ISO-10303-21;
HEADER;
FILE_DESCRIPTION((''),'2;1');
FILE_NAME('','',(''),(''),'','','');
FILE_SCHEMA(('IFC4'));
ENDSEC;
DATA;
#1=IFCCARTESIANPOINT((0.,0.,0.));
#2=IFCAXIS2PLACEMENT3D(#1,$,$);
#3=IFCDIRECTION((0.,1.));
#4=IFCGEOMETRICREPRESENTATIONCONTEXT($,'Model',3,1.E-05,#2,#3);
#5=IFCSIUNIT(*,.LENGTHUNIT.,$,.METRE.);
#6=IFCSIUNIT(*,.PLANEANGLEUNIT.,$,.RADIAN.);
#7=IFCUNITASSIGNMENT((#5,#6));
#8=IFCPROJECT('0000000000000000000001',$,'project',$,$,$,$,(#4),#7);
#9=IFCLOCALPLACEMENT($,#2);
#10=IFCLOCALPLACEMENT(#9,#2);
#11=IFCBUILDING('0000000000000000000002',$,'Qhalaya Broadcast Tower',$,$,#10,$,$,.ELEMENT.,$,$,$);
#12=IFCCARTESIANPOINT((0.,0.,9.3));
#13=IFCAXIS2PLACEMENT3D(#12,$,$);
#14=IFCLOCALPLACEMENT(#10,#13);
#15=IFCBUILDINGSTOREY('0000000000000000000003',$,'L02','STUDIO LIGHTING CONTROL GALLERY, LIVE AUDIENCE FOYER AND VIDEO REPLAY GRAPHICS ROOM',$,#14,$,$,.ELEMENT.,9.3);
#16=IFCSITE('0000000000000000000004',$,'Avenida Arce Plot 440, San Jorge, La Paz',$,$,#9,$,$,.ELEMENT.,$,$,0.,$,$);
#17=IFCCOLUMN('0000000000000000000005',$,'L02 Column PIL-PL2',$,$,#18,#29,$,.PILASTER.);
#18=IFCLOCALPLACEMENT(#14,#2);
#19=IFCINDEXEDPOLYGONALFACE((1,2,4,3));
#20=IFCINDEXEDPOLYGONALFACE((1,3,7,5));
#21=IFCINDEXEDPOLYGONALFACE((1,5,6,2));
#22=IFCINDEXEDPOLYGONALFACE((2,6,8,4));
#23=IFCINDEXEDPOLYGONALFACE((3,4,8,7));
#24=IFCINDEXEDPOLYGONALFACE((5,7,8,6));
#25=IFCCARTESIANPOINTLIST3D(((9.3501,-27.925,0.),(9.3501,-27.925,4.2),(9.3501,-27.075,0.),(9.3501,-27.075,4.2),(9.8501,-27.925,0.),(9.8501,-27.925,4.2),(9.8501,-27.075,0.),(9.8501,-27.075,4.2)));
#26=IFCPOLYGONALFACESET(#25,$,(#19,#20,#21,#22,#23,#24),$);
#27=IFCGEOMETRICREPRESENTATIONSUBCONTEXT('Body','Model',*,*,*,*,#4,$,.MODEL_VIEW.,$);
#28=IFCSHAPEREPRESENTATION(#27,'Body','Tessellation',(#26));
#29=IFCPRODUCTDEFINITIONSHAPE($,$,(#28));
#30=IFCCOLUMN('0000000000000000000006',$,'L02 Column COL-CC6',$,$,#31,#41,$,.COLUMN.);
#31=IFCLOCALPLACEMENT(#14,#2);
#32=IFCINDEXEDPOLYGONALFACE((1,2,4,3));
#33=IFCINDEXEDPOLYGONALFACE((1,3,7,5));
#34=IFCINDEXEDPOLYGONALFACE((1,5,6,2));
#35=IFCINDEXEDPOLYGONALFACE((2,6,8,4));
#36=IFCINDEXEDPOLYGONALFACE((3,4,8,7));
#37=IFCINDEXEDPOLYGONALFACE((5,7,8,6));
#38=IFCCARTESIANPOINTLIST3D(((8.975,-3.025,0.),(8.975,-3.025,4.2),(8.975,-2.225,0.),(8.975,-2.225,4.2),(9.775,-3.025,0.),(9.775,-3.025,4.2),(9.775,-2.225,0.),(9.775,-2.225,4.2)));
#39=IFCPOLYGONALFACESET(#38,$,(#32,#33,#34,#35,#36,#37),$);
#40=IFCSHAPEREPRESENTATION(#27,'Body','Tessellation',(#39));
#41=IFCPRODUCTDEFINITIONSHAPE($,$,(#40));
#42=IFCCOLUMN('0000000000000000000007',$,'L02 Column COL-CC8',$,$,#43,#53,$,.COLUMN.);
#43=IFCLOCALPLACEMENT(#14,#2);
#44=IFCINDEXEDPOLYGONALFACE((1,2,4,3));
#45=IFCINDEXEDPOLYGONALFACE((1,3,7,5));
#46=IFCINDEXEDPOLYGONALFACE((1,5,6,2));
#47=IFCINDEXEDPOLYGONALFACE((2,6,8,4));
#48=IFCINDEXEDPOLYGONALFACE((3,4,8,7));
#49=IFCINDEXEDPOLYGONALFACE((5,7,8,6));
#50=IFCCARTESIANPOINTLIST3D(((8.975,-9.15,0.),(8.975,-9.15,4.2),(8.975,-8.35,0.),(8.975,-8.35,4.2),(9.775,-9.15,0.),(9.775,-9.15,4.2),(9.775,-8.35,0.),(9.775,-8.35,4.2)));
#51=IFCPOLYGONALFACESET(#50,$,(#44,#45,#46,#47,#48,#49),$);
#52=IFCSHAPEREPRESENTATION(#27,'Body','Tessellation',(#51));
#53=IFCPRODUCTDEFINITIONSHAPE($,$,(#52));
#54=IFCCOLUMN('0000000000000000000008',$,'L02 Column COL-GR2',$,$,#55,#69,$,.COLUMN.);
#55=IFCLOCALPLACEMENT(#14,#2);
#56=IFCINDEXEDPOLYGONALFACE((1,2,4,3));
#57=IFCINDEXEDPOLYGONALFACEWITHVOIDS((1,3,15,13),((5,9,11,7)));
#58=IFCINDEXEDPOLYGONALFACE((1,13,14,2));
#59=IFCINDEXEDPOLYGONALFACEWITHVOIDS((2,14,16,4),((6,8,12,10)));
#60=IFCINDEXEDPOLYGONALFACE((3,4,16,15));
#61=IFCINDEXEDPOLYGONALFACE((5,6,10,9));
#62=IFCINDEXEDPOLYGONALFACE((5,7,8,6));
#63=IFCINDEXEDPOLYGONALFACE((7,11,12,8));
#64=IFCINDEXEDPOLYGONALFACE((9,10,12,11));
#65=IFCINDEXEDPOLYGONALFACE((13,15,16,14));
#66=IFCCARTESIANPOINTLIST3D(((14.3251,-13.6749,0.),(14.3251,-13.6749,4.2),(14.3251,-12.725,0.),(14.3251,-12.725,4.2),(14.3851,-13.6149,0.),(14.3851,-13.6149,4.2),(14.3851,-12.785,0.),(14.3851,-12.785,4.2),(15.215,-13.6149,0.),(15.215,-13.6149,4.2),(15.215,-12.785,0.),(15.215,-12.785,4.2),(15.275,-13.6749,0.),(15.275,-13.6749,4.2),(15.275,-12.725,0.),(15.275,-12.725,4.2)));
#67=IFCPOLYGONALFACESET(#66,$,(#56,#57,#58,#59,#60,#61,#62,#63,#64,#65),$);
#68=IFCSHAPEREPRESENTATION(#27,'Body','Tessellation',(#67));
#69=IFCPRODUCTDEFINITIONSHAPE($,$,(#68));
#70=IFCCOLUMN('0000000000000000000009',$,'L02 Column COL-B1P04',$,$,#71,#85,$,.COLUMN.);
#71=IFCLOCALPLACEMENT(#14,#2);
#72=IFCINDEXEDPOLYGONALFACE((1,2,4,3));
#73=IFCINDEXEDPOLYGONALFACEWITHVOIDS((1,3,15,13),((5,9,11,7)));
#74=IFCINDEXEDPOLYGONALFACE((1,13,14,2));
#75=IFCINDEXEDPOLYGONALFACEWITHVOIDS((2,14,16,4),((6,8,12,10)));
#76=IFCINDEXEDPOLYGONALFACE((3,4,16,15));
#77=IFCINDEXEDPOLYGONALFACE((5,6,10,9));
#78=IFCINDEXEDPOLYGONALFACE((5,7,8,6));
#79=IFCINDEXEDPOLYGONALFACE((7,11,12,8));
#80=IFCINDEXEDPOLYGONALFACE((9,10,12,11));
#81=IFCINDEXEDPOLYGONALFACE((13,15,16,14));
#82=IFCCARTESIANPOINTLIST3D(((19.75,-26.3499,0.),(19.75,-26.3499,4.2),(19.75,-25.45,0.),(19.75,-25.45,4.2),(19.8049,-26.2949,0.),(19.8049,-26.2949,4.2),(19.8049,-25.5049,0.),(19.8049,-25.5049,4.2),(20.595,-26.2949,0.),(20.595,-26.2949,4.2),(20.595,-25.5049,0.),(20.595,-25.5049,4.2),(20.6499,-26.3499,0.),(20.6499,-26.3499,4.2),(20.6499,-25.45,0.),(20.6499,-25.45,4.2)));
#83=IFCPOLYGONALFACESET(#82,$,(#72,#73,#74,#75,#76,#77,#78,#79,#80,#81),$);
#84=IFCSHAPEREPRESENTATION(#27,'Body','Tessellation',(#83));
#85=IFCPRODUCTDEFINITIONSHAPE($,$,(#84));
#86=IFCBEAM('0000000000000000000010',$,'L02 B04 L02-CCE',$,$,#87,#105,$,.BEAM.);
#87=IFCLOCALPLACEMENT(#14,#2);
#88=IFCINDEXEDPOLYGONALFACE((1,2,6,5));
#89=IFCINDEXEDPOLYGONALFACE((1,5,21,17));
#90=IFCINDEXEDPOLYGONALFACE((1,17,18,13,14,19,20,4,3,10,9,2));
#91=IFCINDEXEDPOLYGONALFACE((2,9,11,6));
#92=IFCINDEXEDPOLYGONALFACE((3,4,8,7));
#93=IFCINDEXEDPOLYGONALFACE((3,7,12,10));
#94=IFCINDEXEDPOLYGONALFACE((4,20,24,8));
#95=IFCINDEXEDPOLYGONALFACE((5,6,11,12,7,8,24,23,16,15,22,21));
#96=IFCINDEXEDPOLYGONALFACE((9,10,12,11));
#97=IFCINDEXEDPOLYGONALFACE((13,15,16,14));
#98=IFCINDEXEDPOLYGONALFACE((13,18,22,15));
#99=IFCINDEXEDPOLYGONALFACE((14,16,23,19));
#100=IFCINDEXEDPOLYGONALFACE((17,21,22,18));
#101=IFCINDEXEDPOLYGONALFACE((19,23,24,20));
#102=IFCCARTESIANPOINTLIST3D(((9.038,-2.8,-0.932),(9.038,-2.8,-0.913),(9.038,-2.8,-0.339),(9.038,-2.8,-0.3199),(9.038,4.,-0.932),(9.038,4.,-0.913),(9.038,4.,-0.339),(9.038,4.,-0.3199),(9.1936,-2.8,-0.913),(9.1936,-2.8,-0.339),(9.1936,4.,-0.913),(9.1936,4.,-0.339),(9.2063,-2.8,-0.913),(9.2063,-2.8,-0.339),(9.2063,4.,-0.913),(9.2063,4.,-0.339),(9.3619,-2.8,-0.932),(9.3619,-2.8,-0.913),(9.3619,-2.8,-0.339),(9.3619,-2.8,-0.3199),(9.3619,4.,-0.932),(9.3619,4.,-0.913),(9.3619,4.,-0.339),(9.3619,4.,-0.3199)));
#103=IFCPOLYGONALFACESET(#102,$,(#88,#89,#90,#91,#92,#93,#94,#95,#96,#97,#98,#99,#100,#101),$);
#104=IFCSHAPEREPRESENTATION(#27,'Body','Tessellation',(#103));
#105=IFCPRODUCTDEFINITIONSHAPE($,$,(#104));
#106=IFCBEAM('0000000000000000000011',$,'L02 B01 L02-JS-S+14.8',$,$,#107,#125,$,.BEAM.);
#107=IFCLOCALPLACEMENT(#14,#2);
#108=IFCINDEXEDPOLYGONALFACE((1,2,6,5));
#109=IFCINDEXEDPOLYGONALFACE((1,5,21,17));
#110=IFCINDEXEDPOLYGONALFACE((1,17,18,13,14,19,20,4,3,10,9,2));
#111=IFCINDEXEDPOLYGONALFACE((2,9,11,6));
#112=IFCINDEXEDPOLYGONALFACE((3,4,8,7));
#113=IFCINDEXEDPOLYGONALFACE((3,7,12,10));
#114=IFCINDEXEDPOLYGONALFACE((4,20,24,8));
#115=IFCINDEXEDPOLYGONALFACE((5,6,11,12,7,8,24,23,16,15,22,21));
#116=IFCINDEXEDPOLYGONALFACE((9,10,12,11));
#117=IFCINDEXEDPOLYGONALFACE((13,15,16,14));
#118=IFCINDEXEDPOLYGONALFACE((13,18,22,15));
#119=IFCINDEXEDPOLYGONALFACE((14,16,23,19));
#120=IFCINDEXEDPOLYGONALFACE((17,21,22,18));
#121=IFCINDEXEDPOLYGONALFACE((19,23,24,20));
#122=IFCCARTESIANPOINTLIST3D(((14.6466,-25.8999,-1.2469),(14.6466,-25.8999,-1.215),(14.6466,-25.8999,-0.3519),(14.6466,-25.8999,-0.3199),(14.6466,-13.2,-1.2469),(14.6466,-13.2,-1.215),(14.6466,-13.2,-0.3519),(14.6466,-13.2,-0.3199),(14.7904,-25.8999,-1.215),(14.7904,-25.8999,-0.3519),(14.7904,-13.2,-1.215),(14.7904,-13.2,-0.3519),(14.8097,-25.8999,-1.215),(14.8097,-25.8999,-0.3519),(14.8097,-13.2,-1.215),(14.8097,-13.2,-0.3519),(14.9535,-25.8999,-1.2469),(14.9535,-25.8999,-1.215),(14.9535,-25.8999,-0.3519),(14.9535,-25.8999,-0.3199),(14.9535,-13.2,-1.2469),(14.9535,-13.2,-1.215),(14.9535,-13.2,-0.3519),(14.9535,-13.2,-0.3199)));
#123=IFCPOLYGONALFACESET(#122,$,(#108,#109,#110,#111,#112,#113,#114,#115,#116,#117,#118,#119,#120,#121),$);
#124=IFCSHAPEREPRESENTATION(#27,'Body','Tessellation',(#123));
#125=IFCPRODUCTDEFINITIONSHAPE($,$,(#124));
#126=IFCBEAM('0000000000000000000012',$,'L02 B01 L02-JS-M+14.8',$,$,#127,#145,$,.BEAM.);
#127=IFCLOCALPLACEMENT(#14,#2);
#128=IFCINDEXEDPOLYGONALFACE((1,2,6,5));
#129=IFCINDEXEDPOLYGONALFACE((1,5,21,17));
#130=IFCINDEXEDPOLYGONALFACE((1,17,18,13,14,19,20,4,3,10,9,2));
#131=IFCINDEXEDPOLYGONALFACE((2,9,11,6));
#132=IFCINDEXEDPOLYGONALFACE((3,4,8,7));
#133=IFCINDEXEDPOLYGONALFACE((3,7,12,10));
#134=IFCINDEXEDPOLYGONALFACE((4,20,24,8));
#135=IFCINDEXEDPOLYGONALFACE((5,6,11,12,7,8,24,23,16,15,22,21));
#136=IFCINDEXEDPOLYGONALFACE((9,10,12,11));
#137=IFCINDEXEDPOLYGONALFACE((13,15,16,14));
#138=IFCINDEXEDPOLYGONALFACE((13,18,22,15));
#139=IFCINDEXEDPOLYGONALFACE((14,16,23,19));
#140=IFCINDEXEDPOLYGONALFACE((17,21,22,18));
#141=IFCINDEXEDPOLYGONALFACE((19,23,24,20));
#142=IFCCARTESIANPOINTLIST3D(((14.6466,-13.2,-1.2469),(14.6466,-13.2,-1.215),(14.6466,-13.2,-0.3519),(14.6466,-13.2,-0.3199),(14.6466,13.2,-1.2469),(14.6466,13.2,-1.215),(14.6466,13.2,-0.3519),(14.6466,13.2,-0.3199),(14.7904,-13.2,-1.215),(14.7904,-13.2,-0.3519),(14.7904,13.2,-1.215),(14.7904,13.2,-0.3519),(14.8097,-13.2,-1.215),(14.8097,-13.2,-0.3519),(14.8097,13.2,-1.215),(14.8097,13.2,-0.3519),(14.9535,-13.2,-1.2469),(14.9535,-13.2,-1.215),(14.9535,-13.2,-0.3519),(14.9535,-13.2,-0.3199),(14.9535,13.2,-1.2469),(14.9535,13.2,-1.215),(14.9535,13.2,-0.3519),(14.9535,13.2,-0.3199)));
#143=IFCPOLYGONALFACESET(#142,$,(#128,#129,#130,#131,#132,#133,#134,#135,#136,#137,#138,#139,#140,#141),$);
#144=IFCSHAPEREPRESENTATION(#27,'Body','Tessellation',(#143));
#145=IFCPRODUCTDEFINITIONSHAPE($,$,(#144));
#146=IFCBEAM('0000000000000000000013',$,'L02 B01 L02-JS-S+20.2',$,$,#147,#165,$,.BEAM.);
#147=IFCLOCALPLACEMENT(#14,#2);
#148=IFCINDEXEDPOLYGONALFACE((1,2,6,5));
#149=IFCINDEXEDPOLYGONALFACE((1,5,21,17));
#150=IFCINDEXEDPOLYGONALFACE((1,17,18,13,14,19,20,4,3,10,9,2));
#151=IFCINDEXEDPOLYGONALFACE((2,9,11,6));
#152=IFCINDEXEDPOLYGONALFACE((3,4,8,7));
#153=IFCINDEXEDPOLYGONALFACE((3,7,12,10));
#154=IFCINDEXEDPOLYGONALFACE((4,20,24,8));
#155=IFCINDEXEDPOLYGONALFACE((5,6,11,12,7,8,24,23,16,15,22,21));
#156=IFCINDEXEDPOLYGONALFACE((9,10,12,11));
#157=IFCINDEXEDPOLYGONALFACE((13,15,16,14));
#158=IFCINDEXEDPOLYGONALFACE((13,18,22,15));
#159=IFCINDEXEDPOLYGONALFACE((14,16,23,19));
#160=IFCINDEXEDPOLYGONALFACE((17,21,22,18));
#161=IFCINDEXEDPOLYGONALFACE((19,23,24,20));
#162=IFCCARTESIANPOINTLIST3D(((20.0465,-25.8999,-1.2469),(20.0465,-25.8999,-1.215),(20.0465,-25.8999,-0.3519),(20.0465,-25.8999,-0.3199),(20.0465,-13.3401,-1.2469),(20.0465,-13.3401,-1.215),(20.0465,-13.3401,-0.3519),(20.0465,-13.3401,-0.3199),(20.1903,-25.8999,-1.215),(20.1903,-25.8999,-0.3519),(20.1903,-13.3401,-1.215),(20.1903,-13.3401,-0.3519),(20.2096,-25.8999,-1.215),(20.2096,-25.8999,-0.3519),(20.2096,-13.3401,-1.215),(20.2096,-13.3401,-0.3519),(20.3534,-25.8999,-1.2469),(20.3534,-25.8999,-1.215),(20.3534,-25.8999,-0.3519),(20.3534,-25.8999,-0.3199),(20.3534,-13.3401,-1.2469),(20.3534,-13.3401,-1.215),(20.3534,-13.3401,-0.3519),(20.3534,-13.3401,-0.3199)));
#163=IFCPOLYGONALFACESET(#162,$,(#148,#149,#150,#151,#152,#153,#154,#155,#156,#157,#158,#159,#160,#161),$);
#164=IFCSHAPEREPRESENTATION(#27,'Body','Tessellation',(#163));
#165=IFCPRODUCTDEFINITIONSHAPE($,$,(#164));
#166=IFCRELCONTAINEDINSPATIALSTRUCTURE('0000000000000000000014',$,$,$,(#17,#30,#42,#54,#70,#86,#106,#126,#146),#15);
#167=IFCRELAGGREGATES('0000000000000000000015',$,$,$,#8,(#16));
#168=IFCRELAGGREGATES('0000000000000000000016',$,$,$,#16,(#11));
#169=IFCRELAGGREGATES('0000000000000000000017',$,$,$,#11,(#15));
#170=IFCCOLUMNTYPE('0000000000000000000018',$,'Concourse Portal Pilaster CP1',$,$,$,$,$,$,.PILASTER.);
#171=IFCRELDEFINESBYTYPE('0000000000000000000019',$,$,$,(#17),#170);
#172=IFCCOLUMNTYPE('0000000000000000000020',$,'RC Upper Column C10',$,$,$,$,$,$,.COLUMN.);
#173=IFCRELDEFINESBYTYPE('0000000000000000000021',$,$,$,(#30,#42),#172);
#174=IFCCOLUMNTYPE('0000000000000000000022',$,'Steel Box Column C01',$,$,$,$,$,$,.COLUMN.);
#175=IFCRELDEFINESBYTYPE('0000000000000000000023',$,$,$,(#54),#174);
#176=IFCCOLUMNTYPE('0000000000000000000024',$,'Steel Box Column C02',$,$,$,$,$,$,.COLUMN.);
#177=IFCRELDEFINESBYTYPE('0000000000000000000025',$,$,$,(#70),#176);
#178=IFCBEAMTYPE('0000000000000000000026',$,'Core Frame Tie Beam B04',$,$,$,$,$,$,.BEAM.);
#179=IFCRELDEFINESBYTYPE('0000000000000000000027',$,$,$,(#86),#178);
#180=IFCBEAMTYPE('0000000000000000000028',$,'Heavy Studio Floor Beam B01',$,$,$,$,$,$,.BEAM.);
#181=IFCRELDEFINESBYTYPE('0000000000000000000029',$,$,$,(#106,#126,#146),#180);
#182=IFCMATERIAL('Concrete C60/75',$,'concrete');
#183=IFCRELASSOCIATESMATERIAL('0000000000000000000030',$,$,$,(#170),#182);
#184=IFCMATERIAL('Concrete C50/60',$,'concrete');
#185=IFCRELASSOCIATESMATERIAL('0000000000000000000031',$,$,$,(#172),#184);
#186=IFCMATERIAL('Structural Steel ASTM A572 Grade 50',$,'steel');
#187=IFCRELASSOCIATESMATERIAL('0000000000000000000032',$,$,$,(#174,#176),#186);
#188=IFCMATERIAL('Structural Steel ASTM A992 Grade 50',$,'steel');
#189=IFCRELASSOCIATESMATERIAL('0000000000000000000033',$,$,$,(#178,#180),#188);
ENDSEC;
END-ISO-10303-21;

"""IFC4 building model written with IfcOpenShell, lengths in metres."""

from ifc_helpers import new_model, si_unit, direction, frame, origin, origin_2d, place, context, subcontext, project, spatial, rectangle, hollow_rectangle, i_section, extrude, material, material_profile, profile_set, type_object, element, save


model = new_model("IFC4")

# Units and contexts
model_context = context("Model", 3, precision=1e-05, world=origin(), true_north=direction((0.0, 1.0)))
body_context = subcontext(model_context, "Body", "Model", "MODEL_VIEW")
ifc_project = project(units=[si_unit("LENGTHUNIT", "METRE"), si_unit("PLANEANGLEUNIT", "RADIAN")], contexts=[model_context])

# Site, building, storey
site_placement = place(None, origin())
site = spatial("IfcSite", under=ifc_project, at=site_placement, Name="Avenida Arce Plot 440, San Jorge, La Paz", CompositionType="ELEMENT", RefElevation=0.0)
building_placement = place(site_placement, origin())
building = spatial("IfcBuilding", under=site, at=building_placement, Name="Qhalaya Broadcast Tower", CompositionType="ELEMENT")
storey_placement = place(building_placement, frame((0.0, 0.0, 9.3)))
storey = spatial("IfcBuildingStorey", under=building, at=storey_placement, Name="L02", Description="STUDIO LIGHTING CONTROL GALLERY, LIVE AUDIENCE FOYER AND VIDEO REPLAY GRAPHICS ROOM", CompositionType="ELEMENT", Elevation=9.3)

# Columns
ifc_material_1 = material(Name="Concrete C60/75", Category="concrete")
ifc_material_profile_1 = material_profile(ifc_material_1, rectangle(XDim=0.5, YDim=0.8501, at=origin_2d()), Name="RC-PIL 500x850")
ifc_profile_set_1 = profile_set([ifc_material_profile_1], Name="Concrete C60/75")
column_type_1 = type_object("IfcColumnType", Name="Concourse Portal Pilaster CP1", PredefinedType="PILASTER", material=ifc_profile_set_1)
column_1_placement = place(storey_placement, frame((9.6001, -27.5, 0.0), z_axis=(0.0, 0.0, 1.0), x_axis=(1.0, 0.0, 0.0)))
element("IfcColumn", 1, at=column_1_placement, inside=storey, type_object=column_type_1, Name="L02 Column PIL-PL2", PredefinedType="PILASTER", context=body_context, shape_type="SweptSolid", body=[
    extrude(rectangle(XDim=0.5, YDim=0.8501, at=origin_2d()), origin(), (0.0, 0.0, 1.0), 4.2),
])
ifc_material_2 = material(Name="Concrete C50/60", Category="concrete")
ifc_material_profile_2 = material_profile(ifc_material_2, rectangle(XDim=0.8, YDim=0.8, at=origin_2d()), Name="RC-COL 800x800")
ifc_profile_set_2 = profile_set([ifc_material_profile_2], Name="Concrete C50/60")
column_type_2 = type_object("IfcColumnType", Name="RC Upper Column C10", PredefinedType="COLUMN", material=ifc_profile_set_2)
for number, where, z_axis, x_axis, name in (
    (2, (9.375, -2.625, 0.0), (0.0, 0.0, 1.0), (1.0, 0.0, 0.0), "L02 Column COL-CC6"),
    (3, (9.375, -8.75, 0.0), (0.0, 0.0, 1.0), (1.0, 0.0, 0.0), "L02 Column COL-CC8"),
):
    element("IfcColumn", number, at=place(storey_placement, frame(where, z_axis=z_axis, x_axis=x_axis)), inside=storey, type_object=column_type_2, Name=name, PredefinedType="COLUMN", context=body_context, shape_type="SweptSolid", body=[
        extrude(rectangle(XDim=0.8, YDim=0.8, at=origin_2d()), origin(), (0.0, 0.0, 1.0), 4.2),
    ])
ifc_material_3 = material(Name="Structural Steel ASTM A572 Grade 50", Category="steel")
ifc_material_profile_3 = material_profile(ifc_material_3, hollow_rectangle(XDim=0.95, YDim=0.95, WallThickness=0.0601, at=origin_2d()), Name="BOX 950x950x60")
ifc_profile_set_3 = profile_set([ifc_material_profile_3], Name="Structural Steel ASTM A572 Grade 50")
column_type_3 = type_object("IfcColumnType", Name="Steel Box Column C01", PredefinedType="COLUMN", material=ifc_profile_set_3)
column_2_placement = place(storey_placement, frame((14.8, -13.2, 0.0), z_axis=(0.0, 0.0, 1.0), x_axis=(1.0, 0.0, 0.0)))
element("IfcColumn", 4, at=column_2_placement, inside=storey, type_object=column_type_3, Name="L02 Column COL-GR2", PredefinedType="COLUMN", context=body_context, shape_type="SweptSolid", body=[
    extrude(hollow_rectangle(XDim=0.95, YDim=0.95, WallThickness=0.0601, at=origin_2d()), origin(), (0.0, 0.0, 1.0), 4.2),
])
ifc_material_profile_4 = material_profile(ifc_material_3, hollow_rectangle(XDim=0.8999, YDim=0.8999, WallThickness=0.0549, at=origin_2d()), Name="BOX 900x900x55")
ifc_profile_set_4 = profile_set([ifc_material_profile_4], Name="Structural Steel ASTM A572 Grade 50")
column_type_4 = type_object("IfcColumnType", Name="Steel Box Column C02", PredefinedType="COLUMN", material=ifc_profile_set_4)
column_3_placement = place(storey_placement, frame((20.2, -25.8999, 0.0), z_axis=(0.0, 0.0, 1.0), x_axis=(1.0, 0.0, 0.0)))
element("IfcColumn", 5, at=column_3_placement, inside=storey, type_object=column_type_4, Name="L02 Column COL-B1P04", PredefinedType="COLUMN", context=body_context, shape_type="SweptSolid", body=[
    extrude(hollow_rectangle(XDim=0.8999, YDim=0.8999, WallThickness=0.0549, at=origin_2d()), origin(), (0.0, 0.0, 1.0), 4.2),
])

# Beams
ifc_material_4 = material(Name="Structural Steel ASTM A992 Grade 50", Category="steel")
ifc_material_profile_5 = material_profile(ifc_material_4, i_section(OverallWidth=0.324, OverallDepth=0.6121, WebThickness=0.0127, FlangeThickness=0.019, at=origin_2d()), Name="W24X104")
ifc_profile_set_5 = profile_set([ifc_material_profile_5], Name="Structural Steel ASTM A992 Grade 50")
beam_type_1 = type_object("IfcBeamType", Name="Core Frame Tie Beam B04", PredefinedType="BEAM", material=ifc_profile_set_5)
beam_1_placement = place(storey_placement, frame((9.2, -2.8, -0.626), z_axis=(0.0, 1.0, 0.0), x_axis=(-1.0, 0.0, 0.0)))
element("IfcBeam", 6, at=beam_1_placement, inside=storey, type_object=beam_type_1, Name="L02 B04 L02-CCE", PredefinedType="BEAM", context=body_context, shape_type="SweptSolid", body=[
    extrude(i_section(OverallWidth=0.324, OverallDepth=0.6121, WebThickness=0.0127, FlangeThickness=0.019, at=origin_2d()), origin(), (0.0, 0.0, 1.0), 6.8),
])
ifc_material_profile_6 = material_profile(ifc_material_4, i_section(OverallWidth=0.3069, OverallDepth=0.927, WebThickness=0.0193, FlangeThickness=0.032, at=origin_2d()), Name="W36X194")
ifc_profile_set_6 = profile_set([ifc_material_profile_6], Name="Structural Steel ASTM A992 Grade 50")
beam_type_2 = type_object("IfcBeamType", Name="Heavy Studio Floor Beam B01", PredefinedType="BEAM", material=ifc_profile_set_6)
beam_2_placement = place(storey_placement, frame((14.8, -25.8999, -0.7834), z_axis=(0.0, 1.0, 0.0), x_axis=(-1.0, 0.0, 0.0)))
element("IfcBeam", 7, at=beam_2_placement, inside=storey, type_object=beam_type_2, Name="L02 B01 L02-JS-S+14.8", PredefinedType="BEAM", context=body_context, shape_type="SweptSolid", body=[
    extrude(i_section(OverallWidth=0.3069, OverallDepth=0.927, WebThickness=0.0193, FlangeThickness=0.032, at=origin_2d()), origin(), (0.0, 0.0, 1.0), 12.7),
])
beam_3_placement = place(storey_placement, frame((14.8, -13.2, -0.7834), z_axis=(0.0, 1.0, 0.0), x_axis=(-1.0, 0.0, 0.0)))
element("IfcBeam", 8, at=beam_3_placement, inside=storey, type_object=beam_type_2, Name="L02 B01 L02-JS-M+14.8", PredefinedType="BEAM", context=body_context, shape_type="SweptSolid", body=[
    extrude(i_section(OverallWidth=0.3069, OverallDepth=0.927, WebThickness=0.0193, FlangeThickness=0.032, at=origin_2d()), origin(), (0.0, 0.0, 1.0), 26.3999),
])
beam_4_placement = place(storey_placement, frame((20.2, -25.8999, -0.7834), z_axis=(0.0, 1.0, 0.0), x_axis=(-1.0, 0.0, 0.0)))
element("IfcBeam", 9, at=beam_4_placement, inside=storey, type_object=beam_type_2, Name="L02 B01 L02-JS-S+20.2", PredefinedType="BEAM", context=body_context, shape_type="SweptSolid", body=[
    extrude(i_section(OverallWidth=0.3069, OverallDepth=0.927, WebThickness=0.0193, FlangeThickness=0.032, at=origin_2d()), origin(), (0.0, 0.0, 1.0), 12.5598),
])

save(model, "model.ifc")
